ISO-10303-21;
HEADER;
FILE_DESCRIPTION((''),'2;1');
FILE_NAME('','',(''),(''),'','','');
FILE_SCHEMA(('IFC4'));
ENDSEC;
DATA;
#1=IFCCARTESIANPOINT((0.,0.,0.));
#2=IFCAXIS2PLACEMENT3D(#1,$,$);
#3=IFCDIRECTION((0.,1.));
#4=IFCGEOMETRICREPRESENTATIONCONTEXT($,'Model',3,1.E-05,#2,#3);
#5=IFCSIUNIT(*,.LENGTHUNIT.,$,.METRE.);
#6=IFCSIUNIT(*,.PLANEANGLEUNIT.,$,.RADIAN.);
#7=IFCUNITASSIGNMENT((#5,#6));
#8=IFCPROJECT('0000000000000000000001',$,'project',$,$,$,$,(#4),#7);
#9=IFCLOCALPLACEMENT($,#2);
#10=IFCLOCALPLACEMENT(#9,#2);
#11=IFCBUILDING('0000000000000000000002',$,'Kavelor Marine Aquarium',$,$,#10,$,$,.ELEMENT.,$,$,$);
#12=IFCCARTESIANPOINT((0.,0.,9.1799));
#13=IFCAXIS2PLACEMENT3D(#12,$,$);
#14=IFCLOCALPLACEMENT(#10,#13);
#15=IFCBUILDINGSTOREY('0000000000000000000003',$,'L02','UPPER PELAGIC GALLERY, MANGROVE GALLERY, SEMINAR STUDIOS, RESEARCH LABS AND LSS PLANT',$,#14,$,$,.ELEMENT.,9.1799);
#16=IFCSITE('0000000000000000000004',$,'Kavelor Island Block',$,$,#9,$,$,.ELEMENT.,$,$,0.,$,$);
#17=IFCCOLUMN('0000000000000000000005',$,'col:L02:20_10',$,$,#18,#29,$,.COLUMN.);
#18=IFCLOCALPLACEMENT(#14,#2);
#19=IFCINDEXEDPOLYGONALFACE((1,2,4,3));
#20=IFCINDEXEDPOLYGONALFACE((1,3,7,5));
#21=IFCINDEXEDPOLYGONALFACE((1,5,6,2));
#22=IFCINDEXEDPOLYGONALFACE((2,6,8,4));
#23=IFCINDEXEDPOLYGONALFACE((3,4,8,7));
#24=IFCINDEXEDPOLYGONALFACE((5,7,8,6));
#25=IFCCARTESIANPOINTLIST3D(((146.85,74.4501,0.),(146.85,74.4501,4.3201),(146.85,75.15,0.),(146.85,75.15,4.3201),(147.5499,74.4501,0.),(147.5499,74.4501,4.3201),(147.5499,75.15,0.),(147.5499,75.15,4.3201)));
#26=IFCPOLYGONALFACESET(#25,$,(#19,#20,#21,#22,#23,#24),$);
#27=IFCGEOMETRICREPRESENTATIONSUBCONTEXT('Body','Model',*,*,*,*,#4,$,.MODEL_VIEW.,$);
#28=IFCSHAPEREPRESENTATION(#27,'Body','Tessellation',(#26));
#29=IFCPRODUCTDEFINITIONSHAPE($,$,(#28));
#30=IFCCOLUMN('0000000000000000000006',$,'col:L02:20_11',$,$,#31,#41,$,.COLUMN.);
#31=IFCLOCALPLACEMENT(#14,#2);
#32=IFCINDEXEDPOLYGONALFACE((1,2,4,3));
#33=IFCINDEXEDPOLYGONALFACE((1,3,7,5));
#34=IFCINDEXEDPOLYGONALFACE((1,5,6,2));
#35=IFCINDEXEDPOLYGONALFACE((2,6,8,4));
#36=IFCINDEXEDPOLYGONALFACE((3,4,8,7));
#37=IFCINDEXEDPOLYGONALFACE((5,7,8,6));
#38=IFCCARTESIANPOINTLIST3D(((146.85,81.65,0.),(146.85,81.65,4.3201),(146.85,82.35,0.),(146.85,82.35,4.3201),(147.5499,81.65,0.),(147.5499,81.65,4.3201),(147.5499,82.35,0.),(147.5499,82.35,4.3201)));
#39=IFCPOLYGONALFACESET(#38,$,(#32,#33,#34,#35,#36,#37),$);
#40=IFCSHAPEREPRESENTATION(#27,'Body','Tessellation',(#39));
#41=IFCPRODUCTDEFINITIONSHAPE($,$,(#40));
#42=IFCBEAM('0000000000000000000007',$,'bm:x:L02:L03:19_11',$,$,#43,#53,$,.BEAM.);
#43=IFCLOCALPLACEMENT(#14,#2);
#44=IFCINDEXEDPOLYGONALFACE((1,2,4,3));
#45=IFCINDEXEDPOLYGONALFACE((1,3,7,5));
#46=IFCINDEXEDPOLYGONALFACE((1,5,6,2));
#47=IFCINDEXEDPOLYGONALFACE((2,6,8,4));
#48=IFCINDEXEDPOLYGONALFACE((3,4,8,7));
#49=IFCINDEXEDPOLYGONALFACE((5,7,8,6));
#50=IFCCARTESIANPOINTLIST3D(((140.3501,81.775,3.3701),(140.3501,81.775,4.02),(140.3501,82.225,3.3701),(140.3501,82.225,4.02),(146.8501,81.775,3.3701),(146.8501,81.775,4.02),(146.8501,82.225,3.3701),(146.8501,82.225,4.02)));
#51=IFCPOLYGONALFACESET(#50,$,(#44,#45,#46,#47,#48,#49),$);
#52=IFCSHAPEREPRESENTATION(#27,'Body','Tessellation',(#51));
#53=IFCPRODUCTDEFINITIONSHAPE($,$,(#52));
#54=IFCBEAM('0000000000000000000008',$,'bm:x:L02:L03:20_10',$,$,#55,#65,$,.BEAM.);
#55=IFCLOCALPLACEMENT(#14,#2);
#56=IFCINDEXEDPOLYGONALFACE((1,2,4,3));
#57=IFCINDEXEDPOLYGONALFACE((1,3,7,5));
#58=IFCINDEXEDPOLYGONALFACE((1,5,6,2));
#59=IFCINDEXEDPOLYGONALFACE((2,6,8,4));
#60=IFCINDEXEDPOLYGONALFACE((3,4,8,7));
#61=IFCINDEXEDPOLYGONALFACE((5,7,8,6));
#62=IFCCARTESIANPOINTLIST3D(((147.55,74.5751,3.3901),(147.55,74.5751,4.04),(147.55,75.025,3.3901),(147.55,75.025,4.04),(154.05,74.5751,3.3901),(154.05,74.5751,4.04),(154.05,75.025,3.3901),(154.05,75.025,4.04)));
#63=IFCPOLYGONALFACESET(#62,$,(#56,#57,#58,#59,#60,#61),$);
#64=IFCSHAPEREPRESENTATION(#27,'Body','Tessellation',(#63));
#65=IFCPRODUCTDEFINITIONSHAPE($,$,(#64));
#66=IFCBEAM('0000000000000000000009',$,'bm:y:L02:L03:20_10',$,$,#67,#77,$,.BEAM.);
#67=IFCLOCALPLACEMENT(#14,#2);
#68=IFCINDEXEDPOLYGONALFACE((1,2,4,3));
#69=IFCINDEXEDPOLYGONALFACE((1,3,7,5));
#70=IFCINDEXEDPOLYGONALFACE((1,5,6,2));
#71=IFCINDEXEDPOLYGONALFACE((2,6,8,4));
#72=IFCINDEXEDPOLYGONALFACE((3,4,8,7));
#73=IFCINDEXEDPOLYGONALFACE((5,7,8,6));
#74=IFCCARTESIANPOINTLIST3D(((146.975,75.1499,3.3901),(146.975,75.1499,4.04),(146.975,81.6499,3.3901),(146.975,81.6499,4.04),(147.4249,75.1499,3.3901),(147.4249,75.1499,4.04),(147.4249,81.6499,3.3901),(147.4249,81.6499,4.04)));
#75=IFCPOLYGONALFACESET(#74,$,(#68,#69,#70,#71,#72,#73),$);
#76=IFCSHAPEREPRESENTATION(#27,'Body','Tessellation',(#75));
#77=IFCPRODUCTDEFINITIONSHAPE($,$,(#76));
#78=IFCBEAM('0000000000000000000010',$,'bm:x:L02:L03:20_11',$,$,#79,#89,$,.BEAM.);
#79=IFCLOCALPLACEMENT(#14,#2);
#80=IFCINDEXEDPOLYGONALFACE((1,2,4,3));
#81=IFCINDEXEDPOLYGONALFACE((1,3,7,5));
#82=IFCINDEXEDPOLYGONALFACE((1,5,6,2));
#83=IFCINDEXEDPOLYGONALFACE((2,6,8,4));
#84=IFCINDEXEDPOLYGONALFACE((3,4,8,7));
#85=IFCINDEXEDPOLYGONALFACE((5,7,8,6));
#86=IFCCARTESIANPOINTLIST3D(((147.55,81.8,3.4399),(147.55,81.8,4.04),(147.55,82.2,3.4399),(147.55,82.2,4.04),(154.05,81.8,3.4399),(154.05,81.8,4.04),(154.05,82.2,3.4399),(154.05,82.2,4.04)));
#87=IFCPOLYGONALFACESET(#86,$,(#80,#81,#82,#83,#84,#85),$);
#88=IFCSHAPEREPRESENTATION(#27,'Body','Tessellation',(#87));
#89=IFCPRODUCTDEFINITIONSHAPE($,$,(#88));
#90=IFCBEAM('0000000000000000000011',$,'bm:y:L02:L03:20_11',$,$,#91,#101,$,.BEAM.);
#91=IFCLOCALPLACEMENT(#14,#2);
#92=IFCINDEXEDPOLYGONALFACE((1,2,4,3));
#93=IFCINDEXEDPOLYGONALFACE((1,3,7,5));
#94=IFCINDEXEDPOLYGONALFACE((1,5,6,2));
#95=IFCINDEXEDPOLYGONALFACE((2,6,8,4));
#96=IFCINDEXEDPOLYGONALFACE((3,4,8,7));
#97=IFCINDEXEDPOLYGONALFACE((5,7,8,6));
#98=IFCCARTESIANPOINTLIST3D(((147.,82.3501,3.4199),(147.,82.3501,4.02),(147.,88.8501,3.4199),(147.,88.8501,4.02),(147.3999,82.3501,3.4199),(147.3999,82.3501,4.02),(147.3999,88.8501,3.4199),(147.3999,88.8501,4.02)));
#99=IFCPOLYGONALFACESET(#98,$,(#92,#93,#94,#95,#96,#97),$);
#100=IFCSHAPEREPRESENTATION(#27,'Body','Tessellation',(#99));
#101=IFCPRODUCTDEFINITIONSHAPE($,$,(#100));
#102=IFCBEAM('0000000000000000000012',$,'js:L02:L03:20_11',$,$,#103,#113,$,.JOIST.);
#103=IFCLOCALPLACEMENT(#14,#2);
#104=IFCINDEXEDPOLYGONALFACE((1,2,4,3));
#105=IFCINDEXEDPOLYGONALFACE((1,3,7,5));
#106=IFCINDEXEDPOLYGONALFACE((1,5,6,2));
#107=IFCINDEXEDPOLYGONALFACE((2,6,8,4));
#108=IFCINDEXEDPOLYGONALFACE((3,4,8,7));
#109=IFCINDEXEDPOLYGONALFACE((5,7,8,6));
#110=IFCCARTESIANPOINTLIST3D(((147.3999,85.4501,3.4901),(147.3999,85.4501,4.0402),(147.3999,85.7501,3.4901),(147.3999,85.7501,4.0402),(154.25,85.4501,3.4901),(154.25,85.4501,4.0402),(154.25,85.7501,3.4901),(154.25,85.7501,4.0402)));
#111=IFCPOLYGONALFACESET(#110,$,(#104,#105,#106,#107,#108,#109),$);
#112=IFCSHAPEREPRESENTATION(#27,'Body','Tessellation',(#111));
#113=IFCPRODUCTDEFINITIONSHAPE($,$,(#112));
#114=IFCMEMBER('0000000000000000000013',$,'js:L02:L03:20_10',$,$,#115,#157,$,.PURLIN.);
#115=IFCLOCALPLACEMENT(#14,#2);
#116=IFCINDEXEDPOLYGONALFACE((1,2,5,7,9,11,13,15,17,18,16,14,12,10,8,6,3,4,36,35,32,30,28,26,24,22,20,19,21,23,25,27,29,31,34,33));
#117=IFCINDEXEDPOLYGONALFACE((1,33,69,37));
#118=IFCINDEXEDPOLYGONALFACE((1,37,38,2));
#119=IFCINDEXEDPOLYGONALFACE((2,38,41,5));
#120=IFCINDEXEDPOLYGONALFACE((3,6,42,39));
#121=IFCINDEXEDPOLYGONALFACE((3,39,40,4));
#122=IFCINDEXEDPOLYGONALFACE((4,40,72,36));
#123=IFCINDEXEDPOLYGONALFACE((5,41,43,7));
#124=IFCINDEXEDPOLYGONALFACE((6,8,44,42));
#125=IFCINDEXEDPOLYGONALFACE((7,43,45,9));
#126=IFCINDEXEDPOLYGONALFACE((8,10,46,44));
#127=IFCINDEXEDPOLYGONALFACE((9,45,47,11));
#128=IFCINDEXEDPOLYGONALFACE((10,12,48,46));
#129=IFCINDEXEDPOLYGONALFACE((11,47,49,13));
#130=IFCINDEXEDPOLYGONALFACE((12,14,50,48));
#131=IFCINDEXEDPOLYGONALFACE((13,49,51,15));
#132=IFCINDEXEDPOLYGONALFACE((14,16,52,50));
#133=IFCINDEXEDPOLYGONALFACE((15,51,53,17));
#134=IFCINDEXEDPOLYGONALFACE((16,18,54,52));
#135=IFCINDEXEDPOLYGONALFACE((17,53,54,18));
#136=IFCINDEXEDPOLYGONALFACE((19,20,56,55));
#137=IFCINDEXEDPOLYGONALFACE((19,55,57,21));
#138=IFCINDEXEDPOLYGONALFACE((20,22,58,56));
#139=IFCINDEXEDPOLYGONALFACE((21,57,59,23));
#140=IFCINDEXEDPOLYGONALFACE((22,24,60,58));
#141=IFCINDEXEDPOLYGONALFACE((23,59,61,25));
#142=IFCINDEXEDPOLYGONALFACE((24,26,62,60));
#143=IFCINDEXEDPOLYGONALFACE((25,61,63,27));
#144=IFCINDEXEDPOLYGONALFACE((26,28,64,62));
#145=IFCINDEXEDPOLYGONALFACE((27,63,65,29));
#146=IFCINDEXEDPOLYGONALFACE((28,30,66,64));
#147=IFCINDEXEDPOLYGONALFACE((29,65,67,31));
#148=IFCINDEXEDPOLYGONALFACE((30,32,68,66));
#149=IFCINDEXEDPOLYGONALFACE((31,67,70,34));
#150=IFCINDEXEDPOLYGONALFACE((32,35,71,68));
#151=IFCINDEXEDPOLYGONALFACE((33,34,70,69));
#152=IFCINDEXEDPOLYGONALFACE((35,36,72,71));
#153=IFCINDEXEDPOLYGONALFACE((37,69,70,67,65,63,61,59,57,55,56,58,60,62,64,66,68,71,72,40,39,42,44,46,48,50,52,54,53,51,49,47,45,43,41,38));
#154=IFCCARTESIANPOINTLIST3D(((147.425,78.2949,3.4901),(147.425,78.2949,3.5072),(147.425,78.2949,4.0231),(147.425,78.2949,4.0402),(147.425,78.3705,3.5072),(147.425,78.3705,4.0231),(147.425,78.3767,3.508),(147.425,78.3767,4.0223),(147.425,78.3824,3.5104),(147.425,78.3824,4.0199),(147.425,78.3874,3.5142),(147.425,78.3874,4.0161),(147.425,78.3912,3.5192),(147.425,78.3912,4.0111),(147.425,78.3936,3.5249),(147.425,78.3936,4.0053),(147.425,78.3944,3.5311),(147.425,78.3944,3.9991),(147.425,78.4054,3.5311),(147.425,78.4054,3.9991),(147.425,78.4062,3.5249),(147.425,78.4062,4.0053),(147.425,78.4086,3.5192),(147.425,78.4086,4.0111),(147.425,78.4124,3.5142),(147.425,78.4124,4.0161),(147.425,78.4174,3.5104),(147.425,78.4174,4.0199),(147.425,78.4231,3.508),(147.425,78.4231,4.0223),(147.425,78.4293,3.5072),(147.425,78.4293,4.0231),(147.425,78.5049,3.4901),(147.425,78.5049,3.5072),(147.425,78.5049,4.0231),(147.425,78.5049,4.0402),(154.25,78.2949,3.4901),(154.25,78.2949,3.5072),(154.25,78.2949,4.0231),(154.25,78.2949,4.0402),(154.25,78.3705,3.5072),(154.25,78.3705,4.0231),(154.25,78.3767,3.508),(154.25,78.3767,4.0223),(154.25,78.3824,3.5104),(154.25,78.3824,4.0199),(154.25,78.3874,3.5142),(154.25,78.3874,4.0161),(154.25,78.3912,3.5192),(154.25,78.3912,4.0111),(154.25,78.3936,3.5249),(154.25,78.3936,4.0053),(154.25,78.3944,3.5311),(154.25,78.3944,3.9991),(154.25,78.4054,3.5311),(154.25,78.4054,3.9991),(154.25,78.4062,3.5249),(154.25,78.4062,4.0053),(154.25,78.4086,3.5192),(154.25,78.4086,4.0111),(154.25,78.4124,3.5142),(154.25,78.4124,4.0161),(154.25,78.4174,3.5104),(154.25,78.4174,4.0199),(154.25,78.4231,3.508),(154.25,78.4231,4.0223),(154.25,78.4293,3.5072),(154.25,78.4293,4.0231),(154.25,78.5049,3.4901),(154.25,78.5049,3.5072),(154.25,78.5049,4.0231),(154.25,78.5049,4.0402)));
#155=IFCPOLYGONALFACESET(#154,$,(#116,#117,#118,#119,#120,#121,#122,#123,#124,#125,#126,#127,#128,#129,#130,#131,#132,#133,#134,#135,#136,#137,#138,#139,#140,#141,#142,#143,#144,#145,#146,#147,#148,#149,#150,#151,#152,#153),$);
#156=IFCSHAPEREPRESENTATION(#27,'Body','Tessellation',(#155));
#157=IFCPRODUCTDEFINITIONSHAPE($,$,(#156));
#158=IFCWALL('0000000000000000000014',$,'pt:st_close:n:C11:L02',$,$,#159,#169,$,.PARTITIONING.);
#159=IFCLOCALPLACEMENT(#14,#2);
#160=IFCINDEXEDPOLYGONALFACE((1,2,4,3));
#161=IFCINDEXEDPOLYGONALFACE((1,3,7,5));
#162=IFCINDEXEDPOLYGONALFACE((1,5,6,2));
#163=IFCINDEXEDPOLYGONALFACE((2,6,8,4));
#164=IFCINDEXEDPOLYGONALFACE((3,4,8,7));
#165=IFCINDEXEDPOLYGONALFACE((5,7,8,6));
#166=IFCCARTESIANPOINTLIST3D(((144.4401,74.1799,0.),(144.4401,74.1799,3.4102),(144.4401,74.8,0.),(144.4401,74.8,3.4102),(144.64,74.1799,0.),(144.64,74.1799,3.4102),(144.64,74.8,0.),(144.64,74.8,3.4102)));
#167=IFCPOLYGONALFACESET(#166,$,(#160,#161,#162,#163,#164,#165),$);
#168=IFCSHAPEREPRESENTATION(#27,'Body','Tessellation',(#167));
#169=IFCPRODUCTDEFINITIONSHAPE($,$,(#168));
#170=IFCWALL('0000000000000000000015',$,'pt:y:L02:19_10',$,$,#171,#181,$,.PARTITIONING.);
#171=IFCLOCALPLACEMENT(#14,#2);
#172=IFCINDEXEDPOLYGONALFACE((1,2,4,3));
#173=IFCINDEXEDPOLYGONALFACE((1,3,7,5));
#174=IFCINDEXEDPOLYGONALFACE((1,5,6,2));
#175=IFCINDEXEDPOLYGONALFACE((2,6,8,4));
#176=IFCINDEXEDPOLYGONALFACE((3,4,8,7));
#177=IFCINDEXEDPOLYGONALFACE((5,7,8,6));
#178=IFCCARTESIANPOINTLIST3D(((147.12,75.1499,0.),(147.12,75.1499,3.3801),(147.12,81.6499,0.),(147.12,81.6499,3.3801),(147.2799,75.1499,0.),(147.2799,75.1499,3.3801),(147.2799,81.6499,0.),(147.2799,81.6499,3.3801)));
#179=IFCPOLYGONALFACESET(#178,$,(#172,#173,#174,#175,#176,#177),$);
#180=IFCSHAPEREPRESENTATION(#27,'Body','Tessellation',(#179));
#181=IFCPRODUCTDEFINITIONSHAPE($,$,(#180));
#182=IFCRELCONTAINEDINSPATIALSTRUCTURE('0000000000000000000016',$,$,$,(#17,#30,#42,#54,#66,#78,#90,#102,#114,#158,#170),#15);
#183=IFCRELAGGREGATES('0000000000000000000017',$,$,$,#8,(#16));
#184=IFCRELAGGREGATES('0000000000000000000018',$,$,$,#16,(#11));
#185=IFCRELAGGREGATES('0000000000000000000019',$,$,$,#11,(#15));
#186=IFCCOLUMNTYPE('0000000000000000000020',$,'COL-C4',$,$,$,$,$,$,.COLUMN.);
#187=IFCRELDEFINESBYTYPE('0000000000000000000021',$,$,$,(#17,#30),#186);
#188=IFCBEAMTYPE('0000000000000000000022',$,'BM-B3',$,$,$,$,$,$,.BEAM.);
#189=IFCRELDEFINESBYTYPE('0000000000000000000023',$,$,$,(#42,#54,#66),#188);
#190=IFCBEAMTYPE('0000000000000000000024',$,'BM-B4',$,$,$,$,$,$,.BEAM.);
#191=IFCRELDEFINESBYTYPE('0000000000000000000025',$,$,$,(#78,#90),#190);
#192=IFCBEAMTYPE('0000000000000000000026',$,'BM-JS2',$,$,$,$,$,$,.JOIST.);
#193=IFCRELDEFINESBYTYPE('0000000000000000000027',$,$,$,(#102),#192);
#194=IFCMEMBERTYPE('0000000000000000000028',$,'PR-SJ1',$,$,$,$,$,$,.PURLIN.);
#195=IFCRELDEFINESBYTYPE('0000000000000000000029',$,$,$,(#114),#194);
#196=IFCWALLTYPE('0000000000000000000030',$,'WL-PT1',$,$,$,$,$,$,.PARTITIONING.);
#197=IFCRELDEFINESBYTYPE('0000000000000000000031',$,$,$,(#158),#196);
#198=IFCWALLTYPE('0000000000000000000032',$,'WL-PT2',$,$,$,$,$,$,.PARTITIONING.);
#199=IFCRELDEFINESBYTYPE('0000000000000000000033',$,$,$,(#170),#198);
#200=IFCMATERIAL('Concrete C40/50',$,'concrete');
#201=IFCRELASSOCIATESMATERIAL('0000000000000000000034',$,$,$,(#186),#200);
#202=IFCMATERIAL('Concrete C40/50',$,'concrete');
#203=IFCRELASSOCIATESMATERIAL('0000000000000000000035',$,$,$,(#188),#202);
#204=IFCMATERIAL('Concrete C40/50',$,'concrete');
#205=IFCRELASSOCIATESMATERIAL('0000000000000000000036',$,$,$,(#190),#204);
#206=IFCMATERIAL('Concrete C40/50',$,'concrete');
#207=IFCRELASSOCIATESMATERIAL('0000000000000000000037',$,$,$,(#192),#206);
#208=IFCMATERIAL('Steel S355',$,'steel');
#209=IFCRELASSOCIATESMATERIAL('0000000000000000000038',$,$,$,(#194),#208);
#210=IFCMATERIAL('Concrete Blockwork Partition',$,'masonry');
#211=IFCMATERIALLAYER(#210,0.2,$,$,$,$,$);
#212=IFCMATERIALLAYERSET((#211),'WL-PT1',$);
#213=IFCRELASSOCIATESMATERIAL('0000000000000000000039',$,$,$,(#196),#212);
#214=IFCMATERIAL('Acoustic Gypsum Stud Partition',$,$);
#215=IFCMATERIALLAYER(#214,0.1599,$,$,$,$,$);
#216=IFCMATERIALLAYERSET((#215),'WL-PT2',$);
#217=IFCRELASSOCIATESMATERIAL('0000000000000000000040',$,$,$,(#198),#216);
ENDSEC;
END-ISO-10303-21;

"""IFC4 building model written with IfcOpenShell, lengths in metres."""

from ifc_helpers import new_model, si_unit, direction, frame, frame_2d, origin, origin_2d, place, context, subcontext, project, spatial, rectangle, i_section, extrude, material, layer, layer_set, material_profile, profile_set, type_object, element, save


model = new_model("IFC4")

# Units and contexts
model_context = context("Model", 3, precision=1e-05, world=origin(), true_north=direction((0.0, 1.0)))
body_context = subcontext(model_context, "Body", "Model", "MODEL_VIEW")
ifc_project = project(units=[si_unit("LENGTHUNIT", "METRE"), si_unit("PLANEANGLEUNIT", "RADIAN")], contexts=[model_context])

# Site, building, storey
site_placement = place(None, origin())
site = spatial("IfcSite", under=ifc_project, at=site_placement, Name="Kavelor Island Block", CompositionType="ELEMENT", RefElevation=0.0)
building_placement = place(site_placement, origin())
building = spatial("IfcBuilding", under=site, at=building_placement, Name="Kavelor Marine Aquarium", CompositionType="ELEMENT")
storey_placement = place(building_placement, frame((0.0, 0.0, 9.1799)))
storey = spatial("IfcBuildingStorey", under=building, at=storey_placement, Name="L02", Description="UPPER PELAGIC GALLERY, MANGROVE GALLERY, SEMINAR STUDIOS, RESEARCH LABS AND LSS PLANT", CompositionType="ELEMENT", Elevation=9.1799)

# Columns
ifc_material_1 = material(Name="Concrete C40/50", Category="concrete")
ifc_material_profile_1 = material_profile(ifc_material_1, rectangle(XDim=0.7, YDim=0.7, at=origin_2d()), Name="RC-COL 700x700")
ifc_profile_set_1 = profile_set([ifc_material_profile_1], Name="Concrete C40/50")
column_type = type_object("IfcColumnType", Name="COL-C4", PredefinedType="COLUMN", material=ifc_profile_set_1)
for number, where, z_axis, x_axis, name in (
    (1, (147.2, 74.8, 0.0), (0.0, 0.0, 1.0), (1.0, 0.0, 0.0), "col:L02:20_10"),
    (2, (147.2, 82.0, 0.0), (0.0, 0.0, 1.0), (1.0, 0.0, 0.0), "col:L02:20_11"),
):
    element("IfcColumn", number, at=place(storey_placement, frame(where, z_axis=z_axis, x_axis=x_axis)), inside=storey, type_object=column_type, Name=name, PredefinedType="COLUMN", context=body_context, shape_type="SweptSolid", body=[
        extrude(rectangle(XDim=0.7, YDim=0.7, at=origin_2d()), origin(), (0.0, 0.0, 1.0), 4.3201),
    ])

# Beams
ifc_material_2 = material(Name="Concrete C40/50", Category="concrete")
ifc_material_profile_2 = material_profile(ifc_material_2, rectangle(XDim=0.45, YDim=0.6499, at=origin_2d()), Name="RC-BM 450x650")
ifc_profile_set_2 = profile_set([ifc_material_profile_2], Name="Concrete C40/50")
beam_type_1 = type_object("IfcBeamType", Name="BM-B3", PredefinedType="BEAM", material=ifc_profile_set_2)
for number, where, z_axis, x_axis, name in (
    (3, (140.3501, 82.0, 3.6951), (1.0, 0.0, 0.0), (0.0, 1.0, 0.0), "bm:x:L02:L03:19_11"),
    (4, (147.55, 74.8, 3.7151), (1.0, 0.0, 0.0), (0.0, 1.0, 0.0), "bm:x:L02:L03:20_10"),
    (5, (147.2, 75.1499, 3.7151), (0.0, 1.0, 0.0), (-1.0, 0.0, 0.0), "bm:y:L02:L03:20_10"),
):
    element("IfcBeam", number, at=place(storey_placement, frame(where, z_axis=z_axis, x_axis=x_axis)), inside=storey, type_object=beam_type_1, Name=name, PredefinedType="BEAM", context=body_context, shape_type="SweptSolid", body=[
        extrude(rectangle(XDim=0.45, YDim=0.6499, at=origin_2d()), origin(), (0.0, 0.0, 1.0), 6.5),
    ])
ifc_material_3 = material(Name="Concrete C40/50", Category="concrete")
ifc_material_profile_3 = material_profile(ifc_material_3, rectangle(XDim=0.3999, YDim=0.6001, at=origin_2d()), Name="RC-BM 400x600")
ifc_profile_set_3 = profile_set([ifc_material_profile_3], Name="Concrete C40/50")
beam_type_2 = type_object("IfcBeamType", Name="BM-B4", PredefinedType="BEAM", material=ifc_profile_set_3)
for number, where, z_axis, x_axis, name in (
    (6, (147.55, 82.0, 3.74), (1.0, 0.0, 0.0), (0.0, 1.0, 0.0), "bm:x:L02:L03:20_11"),
    (7, (147.2, 82.3501, 3.72), (0.0, 1.0, 0.0), (-1.0, 0.0, 0.0), "bm:y:L02:L03:20_11"),
):
    element("IfcBeam", number, at=place(storey_placement, frame(where, z_axis=z_axis, x_axis=x_axis)), inside=storey, type_object=beam_type_2, Name=name, PredefinedType="BEAM", context=body_context, shape_type="SweptSolid", body=[
        extrude(rectangle(XDim=0.3999, YDim=0.6001, at=origin_2d()), origin(), (0.0, 0.0, 1.0), 6.5),
    ])
ifc_material_4 = material(Name="Concrete C40/50", Category="concrete")
ifc_material_profile_4 = material_profile(ifc_material_4, rectangle(XDim=0.3, YDim=0.55, at=origin_2d()), Name="RC-JS 300x550")
ifc_profile_set_4 = profile_set([ifc_material_profile_4], Name="Concrete C40/50")
beam_type_3 = type_object("IfcBeamType", Name="BM-JS2", PredefinedType="JOIST", material=ifc_profile_set_4)
beam_placement = place(storey_placement, frame((147.3999, 85.6001, 3.7651), z_axis=(1.0, 0.0, 0.0), x_axis=(0.0, 1.0, 0.0)))
element("IfcBeam", 8, at=beam_placement, inside=storey, type_object=beam_type_3, Name="js:L02:L03:20_11", PredefinedType="JOIST", context=body_context, shape_type="SweptSolid", body=[
    extrude(rectangle(XDim=0.3, YDim=0.55, at=origin_2d()), origin(), (0.0, 0.0, 1.0), 6.8501),
])

# Member
ifc_material_5 = material(Name="Steel S355", Category="steel")
ifc_material_profile_5 = material_profile(ifc_material_5, i_section(OverallWidth=0.21, OverallDepth=0.55, WebThickness=0.011, FlangeThickness=0.0171, FilletRadius=0.0239, at=origin_2d()), Name="IPE 550")
ifc_profile_set_5 = profile_set([ifc_material_profile_5], Name="Steel S355")
member_type = type_object("IfcMemberType", Name="PR-SJ1", PredefinedType="PURLIN", material=ifc_profile_set_5)
member_placement = place(storey_placement, frame((147.425, 78.3999, 3.7651), z_axis=(1.0, 0.0, 0.0), x_axis=(0.0, 1.0, 0.0)))
element("IfcMember", 9, at=member_placement, inside=storey, type_object=member_type, Name="js:L02:L03:20_10", PredefinedType="PURLIN", context=body_context, shape_type="SweptSolid", body=[
    extrude(i_section(OverallWidth=0.21, OverallDepth=0.55, WebThickness=0.011, FlangeThickness=0.0171, FilletRadius=0.0239, at=origin_2d()), origin(), (0.0, 0.0, 1.0), 6.825),
])

# Wall
ifc_material_6 = material(Name="Concrete Blockwork Partition", Category="masonry")
ifc_layer_1 = layer(ifc_material_6, 0.2)
ifc_layer_set_1 = layer_set([ifc_layer_1], Name="WL-PT1")
wall_type_1 = type_object("IfcWallType", Name="WL-PT1", PredefinedType="PARTITIONING", material=ifc_layer_set_1)
wall_1_placement = place(storey_placement, frame((144.54, 74.1799, 0.0), z_axis=(0.0, 0.0, 1.0), x_axis=(0.0, 1.0, 0.0)))
element("IfcWall", 10, at=wall_1_placement, inside=storey, type_object=wall_type_1, Name="pt:st_close:n:C11:L02", PredefinedType="PARTITIONING", context=body_context, shape_type="SweptSolid", body=[
    extrude(rectangle(XDim=0.6201, YDim=0.2, at=frame_2d((0.3101, 0.0))), origin(), (0.0, 0.0, 1.0), 3.4102),
])

# Wall
ifc_material_7 = material(Name="Acoustic Gypsum Stud Partition")
ifc_layer_2 = layer(ifc_material_7, 0.1599)
ifc_layer_set_2 = layer_set([ifc_layer_2], Name="WL-PT2")
wall_type_2 = type_object("IfcWallType", Name="WL-PT2", PredefinedType="PARTITIONING", material=ifc_layer_set_2)
wall_2_placement = place(storey_placement, frame((147.2, 75.1499, 0.0), z_axis=(0.0, 0.0, 1.0), x_axis=(0.0, 1.0, 0.0)))
element("IfcWall", 11, at=wall_2_placement, inside=storey, type_object=wall_type_2, Name="pt:y:L02:19_10", PredefinedType="PARTITIONING", context=body_context, shape_type="SweptSolid", body=[
    extrude(rectangle(XDim=6.5, YDim=0.1599, at=frame_2d((3.25, 0.0))), origin(), (0.0, 0.0, 1.0), 3.3801),
])

save(model, "model.ifc")
